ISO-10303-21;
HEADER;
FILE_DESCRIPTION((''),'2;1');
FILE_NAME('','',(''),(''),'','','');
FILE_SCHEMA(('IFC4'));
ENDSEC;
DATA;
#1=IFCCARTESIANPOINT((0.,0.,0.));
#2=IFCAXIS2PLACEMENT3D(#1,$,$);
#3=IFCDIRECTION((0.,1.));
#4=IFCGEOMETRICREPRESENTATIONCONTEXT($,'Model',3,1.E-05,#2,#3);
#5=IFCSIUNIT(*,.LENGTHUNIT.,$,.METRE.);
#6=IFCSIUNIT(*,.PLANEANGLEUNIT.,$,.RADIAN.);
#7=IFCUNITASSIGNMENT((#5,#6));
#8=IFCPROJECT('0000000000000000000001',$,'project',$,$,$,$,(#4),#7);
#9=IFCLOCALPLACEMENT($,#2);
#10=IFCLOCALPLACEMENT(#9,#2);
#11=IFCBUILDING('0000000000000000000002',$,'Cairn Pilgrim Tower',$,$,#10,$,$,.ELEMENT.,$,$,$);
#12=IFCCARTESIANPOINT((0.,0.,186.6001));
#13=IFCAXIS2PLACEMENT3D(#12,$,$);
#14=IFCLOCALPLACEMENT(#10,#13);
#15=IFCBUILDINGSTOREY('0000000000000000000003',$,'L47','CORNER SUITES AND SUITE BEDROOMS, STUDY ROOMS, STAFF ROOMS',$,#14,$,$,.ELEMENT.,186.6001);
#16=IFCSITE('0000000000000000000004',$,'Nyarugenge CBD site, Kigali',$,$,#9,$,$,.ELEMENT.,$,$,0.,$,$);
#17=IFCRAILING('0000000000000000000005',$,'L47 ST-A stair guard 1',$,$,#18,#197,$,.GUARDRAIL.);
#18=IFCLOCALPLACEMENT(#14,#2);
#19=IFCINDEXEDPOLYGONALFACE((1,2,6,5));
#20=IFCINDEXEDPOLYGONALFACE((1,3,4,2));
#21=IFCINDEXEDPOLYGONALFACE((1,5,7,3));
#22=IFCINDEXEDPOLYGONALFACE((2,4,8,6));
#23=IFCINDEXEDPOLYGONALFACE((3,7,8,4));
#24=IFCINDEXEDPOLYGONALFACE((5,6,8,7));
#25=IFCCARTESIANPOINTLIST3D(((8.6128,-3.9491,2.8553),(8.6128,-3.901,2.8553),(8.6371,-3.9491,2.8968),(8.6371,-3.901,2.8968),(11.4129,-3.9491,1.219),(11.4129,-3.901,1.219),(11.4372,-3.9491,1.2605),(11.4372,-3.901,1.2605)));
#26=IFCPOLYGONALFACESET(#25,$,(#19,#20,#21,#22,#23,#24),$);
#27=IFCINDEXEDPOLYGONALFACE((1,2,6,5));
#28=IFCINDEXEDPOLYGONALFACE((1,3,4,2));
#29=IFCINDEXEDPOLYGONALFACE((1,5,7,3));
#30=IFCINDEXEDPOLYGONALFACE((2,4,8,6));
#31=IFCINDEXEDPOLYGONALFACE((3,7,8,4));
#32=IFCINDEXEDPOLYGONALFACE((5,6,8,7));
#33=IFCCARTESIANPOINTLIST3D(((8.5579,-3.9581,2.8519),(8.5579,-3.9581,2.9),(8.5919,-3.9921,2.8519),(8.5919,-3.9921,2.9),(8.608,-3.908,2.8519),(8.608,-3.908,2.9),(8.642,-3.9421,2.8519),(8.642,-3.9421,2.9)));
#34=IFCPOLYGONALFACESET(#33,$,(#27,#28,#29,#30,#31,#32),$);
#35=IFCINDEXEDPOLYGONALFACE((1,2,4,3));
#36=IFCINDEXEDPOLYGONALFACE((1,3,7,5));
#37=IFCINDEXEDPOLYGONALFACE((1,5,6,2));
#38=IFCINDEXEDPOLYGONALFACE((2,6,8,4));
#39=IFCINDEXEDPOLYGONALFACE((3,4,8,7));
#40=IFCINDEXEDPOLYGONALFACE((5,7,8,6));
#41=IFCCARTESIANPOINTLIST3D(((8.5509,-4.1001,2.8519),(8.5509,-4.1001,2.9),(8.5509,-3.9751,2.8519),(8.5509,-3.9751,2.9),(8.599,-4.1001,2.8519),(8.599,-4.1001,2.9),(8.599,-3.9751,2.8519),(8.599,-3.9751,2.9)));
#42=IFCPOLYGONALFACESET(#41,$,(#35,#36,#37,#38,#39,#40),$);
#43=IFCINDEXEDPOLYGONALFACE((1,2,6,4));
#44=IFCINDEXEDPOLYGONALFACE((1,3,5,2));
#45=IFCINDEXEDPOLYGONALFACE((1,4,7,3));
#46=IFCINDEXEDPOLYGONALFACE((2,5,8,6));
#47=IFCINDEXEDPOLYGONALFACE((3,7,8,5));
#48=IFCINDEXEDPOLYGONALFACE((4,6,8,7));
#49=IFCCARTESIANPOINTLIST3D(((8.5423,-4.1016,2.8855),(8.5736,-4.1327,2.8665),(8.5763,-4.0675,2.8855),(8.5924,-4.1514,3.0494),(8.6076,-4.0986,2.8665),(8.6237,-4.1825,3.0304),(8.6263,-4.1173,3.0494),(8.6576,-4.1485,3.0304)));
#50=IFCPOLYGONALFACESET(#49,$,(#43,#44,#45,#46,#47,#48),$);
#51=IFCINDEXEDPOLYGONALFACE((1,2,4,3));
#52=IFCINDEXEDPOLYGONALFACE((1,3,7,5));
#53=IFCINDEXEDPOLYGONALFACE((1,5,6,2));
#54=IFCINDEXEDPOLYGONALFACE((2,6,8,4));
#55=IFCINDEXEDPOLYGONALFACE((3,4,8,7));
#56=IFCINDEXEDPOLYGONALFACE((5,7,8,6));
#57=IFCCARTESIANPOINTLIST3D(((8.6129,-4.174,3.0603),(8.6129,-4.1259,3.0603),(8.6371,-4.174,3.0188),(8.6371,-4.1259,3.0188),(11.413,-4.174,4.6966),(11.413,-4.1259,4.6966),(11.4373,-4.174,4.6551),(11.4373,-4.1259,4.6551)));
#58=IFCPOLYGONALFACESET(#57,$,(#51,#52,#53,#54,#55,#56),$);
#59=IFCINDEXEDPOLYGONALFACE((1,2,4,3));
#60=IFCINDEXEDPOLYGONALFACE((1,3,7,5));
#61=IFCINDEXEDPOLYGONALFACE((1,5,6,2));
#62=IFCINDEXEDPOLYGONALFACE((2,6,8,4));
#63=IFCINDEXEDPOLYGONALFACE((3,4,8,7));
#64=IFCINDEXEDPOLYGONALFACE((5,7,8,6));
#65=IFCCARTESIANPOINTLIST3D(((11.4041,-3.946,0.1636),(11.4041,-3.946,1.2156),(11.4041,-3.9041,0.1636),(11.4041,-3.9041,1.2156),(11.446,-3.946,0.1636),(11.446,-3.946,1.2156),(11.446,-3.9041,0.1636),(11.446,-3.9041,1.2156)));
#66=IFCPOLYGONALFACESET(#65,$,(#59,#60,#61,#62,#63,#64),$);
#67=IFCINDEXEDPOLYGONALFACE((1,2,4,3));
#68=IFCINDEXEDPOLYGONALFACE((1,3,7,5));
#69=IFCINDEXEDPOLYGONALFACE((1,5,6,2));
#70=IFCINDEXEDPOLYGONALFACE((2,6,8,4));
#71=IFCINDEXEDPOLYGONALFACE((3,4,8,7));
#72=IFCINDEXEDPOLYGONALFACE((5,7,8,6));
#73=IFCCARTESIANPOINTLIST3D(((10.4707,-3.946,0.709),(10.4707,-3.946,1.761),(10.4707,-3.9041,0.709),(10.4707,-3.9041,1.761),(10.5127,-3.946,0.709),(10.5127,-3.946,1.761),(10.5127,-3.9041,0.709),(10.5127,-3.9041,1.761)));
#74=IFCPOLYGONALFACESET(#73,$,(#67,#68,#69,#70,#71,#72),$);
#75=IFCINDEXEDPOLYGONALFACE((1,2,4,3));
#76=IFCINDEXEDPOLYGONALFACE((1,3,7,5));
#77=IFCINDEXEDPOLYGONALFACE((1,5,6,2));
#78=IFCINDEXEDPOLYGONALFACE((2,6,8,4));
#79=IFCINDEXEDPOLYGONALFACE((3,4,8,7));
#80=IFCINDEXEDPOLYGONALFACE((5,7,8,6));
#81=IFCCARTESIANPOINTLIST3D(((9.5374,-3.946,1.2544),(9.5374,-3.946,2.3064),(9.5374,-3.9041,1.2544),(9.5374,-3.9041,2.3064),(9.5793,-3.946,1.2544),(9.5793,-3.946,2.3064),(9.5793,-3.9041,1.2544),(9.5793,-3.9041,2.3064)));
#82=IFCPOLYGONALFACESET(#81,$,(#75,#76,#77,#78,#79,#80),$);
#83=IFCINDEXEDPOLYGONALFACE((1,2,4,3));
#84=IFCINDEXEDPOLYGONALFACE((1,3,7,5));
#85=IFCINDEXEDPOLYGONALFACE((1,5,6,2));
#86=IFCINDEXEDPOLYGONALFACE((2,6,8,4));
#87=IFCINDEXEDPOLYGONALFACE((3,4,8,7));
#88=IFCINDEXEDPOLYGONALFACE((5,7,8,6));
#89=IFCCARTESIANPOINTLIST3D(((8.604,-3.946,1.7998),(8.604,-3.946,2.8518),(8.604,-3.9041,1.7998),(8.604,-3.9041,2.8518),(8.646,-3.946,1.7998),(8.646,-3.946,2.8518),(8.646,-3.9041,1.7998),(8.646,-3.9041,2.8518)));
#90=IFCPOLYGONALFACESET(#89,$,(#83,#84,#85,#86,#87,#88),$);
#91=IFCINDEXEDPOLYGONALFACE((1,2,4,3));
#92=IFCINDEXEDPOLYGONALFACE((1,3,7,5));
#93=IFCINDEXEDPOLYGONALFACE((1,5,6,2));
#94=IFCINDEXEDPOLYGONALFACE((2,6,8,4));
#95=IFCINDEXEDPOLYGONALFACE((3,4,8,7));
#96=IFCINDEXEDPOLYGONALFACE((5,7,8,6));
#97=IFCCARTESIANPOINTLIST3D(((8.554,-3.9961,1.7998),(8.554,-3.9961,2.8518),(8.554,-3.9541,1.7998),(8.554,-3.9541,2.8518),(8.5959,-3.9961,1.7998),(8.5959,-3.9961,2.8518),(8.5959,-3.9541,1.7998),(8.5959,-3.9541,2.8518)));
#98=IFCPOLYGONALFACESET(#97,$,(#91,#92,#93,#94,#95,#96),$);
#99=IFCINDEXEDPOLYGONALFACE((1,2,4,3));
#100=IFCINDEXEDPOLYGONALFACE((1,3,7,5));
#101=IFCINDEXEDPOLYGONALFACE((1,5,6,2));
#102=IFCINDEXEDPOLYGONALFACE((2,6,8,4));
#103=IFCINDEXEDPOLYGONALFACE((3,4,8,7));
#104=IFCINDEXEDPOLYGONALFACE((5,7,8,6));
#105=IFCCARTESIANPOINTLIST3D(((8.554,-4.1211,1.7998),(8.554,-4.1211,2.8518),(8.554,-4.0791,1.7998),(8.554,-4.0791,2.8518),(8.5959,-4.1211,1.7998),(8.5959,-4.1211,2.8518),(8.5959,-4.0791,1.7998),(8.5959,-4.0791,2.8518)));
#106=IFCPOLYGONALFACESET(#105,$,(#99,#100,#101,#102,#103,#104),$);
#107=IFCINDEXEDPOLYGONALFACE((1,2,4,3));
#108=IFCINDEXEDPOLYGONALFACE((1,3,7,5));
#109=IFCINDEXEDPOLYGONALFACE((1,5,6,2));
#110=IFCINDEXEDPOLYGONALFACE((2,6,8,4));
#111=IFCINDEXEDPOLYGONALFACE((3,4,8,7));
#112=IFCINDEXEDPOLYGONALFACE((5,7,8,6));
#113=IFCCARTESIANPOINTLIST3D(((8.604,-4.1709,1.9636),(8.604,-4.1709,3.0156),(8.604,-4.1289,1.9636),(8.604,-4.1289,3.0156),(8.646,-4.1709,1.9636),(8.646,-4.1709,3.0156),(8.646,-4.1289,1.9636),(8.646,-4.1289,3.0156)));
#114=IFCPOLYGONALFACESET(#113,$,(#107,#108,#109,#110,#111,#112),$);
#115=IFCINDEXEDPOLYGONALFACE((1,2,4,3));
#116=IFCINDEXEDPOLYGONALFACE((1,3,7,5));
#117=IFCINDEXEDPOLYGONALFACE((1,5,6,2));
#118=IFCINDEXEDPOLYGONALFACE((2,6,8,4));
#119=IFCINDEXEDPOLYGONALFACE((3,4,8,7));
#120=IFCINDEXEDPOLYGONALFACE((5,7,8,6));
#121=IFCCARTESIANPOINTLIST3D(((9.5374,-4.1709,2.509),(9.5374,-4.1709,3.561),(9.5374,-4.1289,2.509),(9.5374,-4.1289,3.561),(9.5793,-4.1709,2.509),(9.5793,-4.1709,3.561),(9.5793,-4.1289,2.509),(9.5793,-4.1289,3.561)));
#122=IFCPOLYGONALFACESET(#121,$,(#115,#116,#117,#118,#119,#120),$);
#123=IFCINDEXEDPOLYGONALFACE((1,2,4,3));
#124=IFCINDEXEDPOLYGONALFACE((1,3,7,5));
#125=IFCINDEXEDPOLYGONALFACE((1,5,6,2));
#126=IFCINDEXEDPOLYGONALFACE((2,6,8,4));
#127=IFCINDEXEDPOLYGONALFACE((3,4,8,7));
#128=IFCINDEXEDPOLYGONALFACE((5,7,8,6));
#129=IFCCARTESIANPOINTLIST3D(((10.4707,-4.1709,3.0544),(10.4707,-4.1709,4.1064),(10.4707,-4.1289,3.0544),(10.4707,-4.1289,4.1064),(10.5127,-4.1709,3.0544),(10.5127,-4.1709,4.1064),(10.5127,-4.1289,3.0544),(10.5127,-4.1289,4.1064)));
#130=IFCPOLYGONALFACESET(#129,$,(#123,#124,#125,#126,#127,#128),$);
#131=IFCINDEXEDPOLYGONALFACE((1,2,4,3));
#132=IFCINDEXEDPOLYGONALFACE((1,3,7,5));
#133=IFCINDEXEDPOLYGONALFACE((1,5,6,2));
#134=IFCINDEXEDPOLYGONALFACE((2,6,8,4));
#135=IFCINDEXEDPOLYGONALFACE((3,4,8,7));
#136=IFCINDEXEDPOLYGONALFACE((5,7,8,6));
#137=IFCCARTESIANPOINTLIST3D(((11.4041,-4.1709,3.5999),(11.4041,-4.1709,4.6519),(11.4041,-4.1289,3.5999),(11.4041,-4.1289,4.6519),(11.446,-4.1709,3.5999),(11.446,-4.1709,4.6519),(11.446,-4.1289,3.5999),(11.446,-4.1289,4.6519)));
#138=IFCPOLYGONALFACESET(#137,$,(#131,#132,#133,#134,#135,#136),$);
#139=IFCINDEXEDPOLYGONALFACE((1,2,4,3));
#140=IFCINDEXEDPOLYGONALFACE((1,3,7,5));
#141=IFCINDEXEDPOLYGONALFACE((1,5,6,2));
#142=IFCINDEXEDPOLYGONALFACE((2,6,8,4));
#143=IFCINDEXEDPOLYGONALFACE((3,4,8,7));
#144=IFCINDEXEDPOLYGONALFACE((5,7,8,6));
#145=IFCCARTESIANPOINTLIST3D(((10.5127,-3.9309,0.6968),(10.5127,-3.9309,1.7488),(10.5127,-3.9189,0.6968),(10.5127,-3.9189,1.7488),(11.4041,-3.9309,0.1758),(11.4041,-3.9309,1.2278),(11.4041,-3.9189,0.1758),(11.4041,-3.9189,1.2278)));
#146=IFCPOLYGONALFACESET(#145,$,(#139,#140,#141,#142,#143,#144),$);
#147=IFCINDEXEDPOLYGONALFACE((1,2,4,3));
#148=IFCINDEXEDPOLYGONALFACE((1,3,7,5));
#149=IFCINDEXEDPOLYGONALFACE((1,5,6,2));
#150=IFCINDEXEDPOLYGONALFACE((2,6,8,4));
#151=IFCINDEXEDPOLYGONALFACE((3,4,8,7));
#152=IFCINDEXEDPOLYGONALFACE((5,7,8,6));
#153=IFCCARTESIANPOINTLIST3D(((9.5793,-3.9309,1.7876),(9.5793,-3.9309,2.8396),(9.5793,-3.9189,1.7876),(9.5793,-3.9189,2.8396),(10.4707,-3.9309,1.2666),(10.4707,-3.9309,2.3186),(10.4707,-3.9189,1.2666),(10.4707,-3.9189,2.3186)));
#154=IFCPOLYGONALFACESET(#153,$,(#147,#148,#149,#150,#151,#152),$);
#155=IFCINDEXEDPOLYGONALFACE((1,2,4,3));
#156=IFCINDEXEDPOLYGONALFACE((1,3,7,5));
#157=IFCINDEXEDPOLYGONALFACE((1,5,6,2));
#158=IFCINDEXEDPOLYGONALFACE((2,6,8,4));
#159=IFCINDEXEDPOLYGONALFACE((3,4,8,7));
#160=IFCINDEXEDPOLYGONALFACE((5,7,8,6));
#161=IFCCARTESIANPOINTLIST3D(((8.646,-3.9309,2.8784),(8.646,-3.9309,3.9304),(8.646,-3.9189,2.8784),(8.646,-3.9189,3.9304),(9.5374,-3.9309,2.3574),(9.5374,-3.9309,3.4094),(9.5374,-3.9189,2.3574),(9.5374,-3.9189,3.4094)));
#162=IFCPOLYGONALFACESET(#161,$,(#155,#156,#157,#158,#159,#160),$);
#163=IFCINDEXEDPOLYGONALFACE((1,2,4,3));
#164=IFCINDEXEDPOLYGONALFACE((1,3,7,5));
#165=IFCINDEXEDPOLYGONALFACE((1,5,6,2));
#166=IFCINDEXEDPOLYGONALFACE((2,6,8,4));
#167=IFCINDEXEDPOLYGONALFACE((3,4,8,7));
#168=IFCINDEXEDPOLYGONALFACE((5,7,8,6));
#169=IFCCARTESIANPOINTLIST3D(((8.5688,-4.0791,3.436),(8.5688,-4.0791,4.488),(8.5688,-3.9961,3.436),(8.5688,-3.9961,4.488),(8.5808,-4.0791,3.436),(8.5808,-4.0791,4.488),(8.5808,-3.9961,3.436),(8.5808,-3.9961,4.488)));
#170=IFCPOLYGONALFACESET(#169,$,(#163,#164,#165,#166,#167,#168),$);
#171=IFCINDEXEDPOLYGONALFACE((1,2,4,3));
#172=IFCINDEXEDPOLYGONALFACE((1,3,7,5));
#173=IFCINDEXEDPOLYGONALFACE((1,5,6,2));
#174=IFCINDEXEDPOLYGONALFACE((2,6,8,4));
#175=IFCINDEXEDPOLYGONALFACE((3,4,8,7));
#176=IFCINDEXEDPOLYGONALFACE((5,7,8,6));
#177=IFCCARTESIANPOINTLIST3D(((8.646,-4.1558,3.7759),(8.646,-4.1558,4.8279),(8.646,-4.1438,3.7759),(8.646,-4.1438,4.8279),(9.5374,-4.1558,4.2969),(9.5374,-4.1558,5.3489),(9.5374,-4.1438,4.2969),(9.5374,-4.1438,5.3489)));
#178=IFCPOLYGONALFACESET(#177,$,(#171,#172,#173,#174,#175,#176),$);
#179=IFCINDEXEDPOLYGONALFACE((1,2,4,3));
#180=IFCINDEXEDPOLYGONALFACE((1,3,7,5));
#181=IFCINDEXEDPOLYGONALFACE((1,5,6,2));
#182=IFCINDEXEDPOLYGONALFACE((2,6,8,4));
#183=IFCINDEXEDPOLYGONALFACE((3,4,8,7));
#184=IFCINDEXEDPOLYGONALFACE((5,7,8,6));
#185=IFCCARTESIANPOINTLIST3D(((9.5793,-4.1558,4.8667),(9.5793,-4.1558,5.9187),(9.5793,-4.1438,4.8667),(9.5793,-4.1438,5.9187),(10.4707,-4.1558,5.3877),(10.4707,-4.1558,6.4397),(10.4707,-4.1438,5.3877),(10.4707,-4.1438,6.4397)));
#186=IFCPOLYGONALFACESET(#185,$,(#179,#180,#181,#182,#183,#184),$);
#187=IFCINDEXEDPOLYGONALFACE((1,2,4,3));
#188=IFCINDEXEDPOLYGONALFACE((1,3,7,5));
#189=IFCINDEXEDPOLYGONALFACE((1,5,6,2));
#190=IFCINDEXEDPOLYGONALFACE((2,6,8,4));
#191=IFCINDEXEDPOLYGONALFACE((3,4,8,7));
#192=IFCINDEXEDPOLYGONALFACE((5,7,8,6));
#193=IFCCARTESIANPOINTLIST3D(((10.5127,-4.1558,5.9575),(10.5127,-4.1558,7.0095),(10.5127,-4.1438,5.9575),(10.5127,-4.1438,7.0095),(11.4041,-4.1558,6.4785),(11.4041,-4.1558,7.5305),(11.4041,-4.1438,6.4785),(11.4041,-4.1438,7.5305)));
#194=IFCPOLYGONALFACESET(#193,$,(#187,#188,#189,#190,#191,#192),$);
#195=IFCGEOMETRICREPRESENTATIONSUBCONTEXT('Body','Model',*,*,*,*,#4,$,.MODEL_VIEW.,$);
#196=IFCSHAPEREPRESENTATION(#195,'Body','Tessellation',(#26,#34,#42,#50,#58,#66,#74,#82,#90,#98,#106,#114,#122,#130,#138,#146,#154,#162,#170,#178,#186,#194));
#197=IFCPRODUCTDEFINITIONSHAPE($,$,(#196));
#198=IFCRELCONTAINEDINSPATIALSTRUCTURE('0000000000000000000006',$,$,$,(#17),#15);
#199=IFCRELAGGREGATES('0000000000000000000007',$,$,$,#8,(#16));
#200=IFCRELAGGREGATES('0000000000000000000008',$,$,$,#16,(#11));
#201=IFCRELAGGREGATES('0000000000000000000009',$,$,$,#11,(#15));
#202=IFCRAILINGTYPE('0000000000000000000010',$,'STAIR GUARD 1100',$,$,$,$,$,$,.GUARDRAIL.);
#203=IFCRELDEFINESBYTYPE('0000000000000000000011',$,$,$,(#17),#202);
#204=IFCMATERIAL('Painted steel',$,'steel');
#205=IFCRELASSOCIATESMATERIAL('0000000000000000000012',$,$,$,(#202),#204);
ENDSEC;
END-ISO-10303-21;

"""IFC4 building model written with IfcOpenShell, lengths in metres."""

from ifc_helpers import new_model, si_unit, direction, frame, origin, origin_2d, place, context, subcontext, project, spatial, polyline, rectangle, outline, extrude, material, type_object, element, save


model = new_model("IFC4")

# Units and contexts
model_context = context("Model", 3, precision=1e-05, world=origin(), true_north=direction((0.0, 1.0)))
body_context = subcontext(model_context, "Body", "Model", "MODEL_VIEW")
ifc_project = project(units=[si_unit("LENGTHUNIT", "METRE"), si_unit("PLANEANGLEUNIT", "RADIAN")], contexts=[model_context])

# Site, building, storey
site_placement = place(None, origin())
site = spatial("IfcSite", under=ifc_project, at=site_placement, Name="Nyarugenge CBD site, Kigali", CompositionType="ELEMENT", RefElevation=0.0)
building_placement = place(site_placement, origin())
building = spatial("IfcBuilding", under=site, at=building_placement, Name="Cairn Pilgrim Tower", CompositionType="ELEMENT")
storey_placement = place(building_placement, frame((0.0, 0.0, 186.6001)))
storey = spatial("IfcBuildingStorey", under=building, at=storey_placement, Name="L47", Description="CORNER SUITES AND SUITE BEDROOMS, STUDY ROOMS, STAFF ROOMS", CompositionType="ELEMENT", Elevation=186.6001)

# Shared definitions
ifc_material_1 = material(Name="Painted steel", Category="steel")

# Railing
railing_type_1 = type_object("IfcRailingType", Name="STAIR GUARD 1100", PredefinedType="GUARDRAIL", material=ifc_material_1)
railing_1_placement = place(storey_placement, frame((11.425, -3.925, 0.1636)))
element("IfcRailing", 1, at=railing_1_placement, inside=storey, type_object=railing_type_1, Name="L47 ST-A stair guard 1", PredefinedType="GUARDRAIL", context=body_context, shape_type="SweptSolid", body=[
    extrude(rectangle(XDim=0.0481, YDim=0.0481, at=origin_2d()), frame((0.0, 0.0, 1.0762), z_axis=(-0.863394, 0.0, 0.504531), x_axis=(0.0, -1.0, 0.0)), (0.0, 0.0, 1.0), 3.2432),
    extrude(rectangle(XDim=0.0481, YDim=0.0481, at=origin_2d()), frame((-2.8, 0.0, 2.7124), z_axis=(-0.707107, -0.707107, 0.0), x_axis=(0.707107, -0.707107, 0.0)), (0.0, 0.0, 1.0), 0.0708),
    extrude(rectangle(XDim=0.0481, YDim=0.0481, at=origin_2d()), frame((-2.8501, -0.05, 2.7124), z_axis=(0.0, -1.0, 0.0), x_axis=(1.0, 0.0, 0.0)), (0.0, 0.0, 1.0), 0.125),
    extrude(rectangle(XDim=0.0481, YDim=0.0481, at=origin_2d()), frame((-2.8501, -0.175, 2.7124), z_axis=(0.280564, -0.279195, 0.918332), x_axis=(0.705376, 0.708834, 0.0)), (0.0, 0.0, 1.0), 0.1785),
    extrude(rectangle(XDim=0.0481, YDim=0.0481, at=origin_2d()), frame((-2.8, -0.2249, 2.876), z_axis=(0.863394, 0.0, 0.504531), x_axis=(0.0, 1.0, 0.0)), (0.0, 0.0, 1.0), 3.2432),
    extrude(rectangle(XDim=0.042, YDim=0.042, at=origin_2d()), origin(), (0.0, 0.0, 1.0), 1.052),
    extrude(rectangle(XDim=0.042, YDim=0.042, at=origin_2d()), frame((-0.9333, 0.0, 0.5454)), (0.0, 0.0, 1.0), 1.052),
    extrude(rectangle(XDim=0.042, YDim=0.042, at=origin_2d()), frame((-1.8667, 0.0, 1.0908)), (0.0, 0.0, 1.0), 1.052),
    extrude(rectangle(XDim=0.042, YDim=0.042, at=origin_2d()), frame((-2.8, 0.0, 1.6362)), (0.0, 0.0, 1.0), 1.052),
    extrude(rectangle(XDim=0.042, YDim=0.042, at=origin_2d()), frame((-2.8501, -0.05, 1.6362)), (0.0, 0.0, 1.0), 1.052),
    extrude(rectangle(XDim=0.042, YDim=0.042, at=origin_2d()), frame((-2.8501, -0.175, 1.6362)), (0.0, 0.0, 1.0), 1.052),
    extrude(rectangle(XDim=0.042, YDim=0.042, at=origin_2d()), frame((-2.8, -0.2249, 1.8)), (0.0, 0.0, 1.0), 1.052),
    extrude(rectangle(XDim=0.042, YDim=0.042, at=origin_2d()), frame((-1.8667, -0.2249, 2.3455)), (0.0, 0.0, 1.0), 1.052),
    extrude(rectangle(XDim=0.042, YDim=0.042, at=origin_2d()), frame((-0.9333, -0.2249, 2.8909)), (0.0, 0.0, 1.0), 1.052),
    extrude(rectangle(XDim=0.042, YDim=0.042, at=origin_2d()), frame((0.0, -0.2249, 3.4363)), (0.0, 0.0, 1.0), 1.052),
    extrude(outline(polyline([(0.021, 0.0122), (0.9124, 0.5332), (0.9124, 1.5852), (0.021, 1.0642), (0.021, 0.0122)])), frame((0.0, -0.0059, 0.0), z_axis=(0.0, 1.0, 0.0), x_axis=(-1.0, 0.0, 0.0)), (0.0, 0.0, 1.0), 0.012),
    extrude(outline(polyline([(0.021, 0.5576), (0.9124, 1.0786), (0.9124, 2.1306), (0.021, 1.6096), (0.021, 0.5576)])), frame((-0.9333, -0.0059, 0.5454), z_axis=(0.0, 1.0, 0.0), x_axis=(-1.0, 0.0, 0.0)), (0.0, 0.0, 1.0), 0.012),
    extrude(outline(polyline([(0.021, 1.103), (0.9124, 1.624), (0.9124, 2.676), (0.021, 2.155), (0.021, 1.103)])), frame((-1.8667, -0.0059, 1.0908), z_axis=(0.0, 1.0, 0.0), x_axis=(-1.0, 0.0, 0.0)), (0.0, 0.0, 1.0), 0.012),
    extrude(outline(polyline([(0.021, 1.6362), (0.104, 1.6362), (0.104, 2.6882), (0.021, 2.6882), (0.021, 1.6362)])), frame((-2.8442, -0.05, 1.6362), z_axis=(-1.0, 0.0, 0.0), x_axis=(0.0, -1.0, 0.0)), (0.0, 0.0, 1.0), 0.012),
    extrude(outline(polyline([(0.021, 1.8123), (0.9124, 2.3333), (0.9124, 3.3853), (0.021, 2.8643), (0.021, 1.8123)])), frame((-2.8, -0.2188, 1.8), z_axis=(0.0, -1.0, 0.0), x_axis=(1.0, 0.0, 0.0)), (0.0, 0.0, 1.0), 0.012),
    extrude(outline(polyline([(0.021, 2.3577), (0.9124, 2.8787), (0.9124, 3.9307), (0.021, 3.4097), (0.021, 2.3577)])), frame((-1.8667, -0.2188, 2.3455), z_axis=(0.0, -1.0, 0.0), x_axis=(1.0, 0.0, 0.0)), (0.0, 0.0, 1.0), 0.012),
    extrude(outline(polyline([(0.021, 2.9031), (0.9124, 3.4241), (0.9124, 4.4761), (0.021, 3.9551), (0.021, 2.9031)])), frame((-0.9333, -0.2188, 2.8909), z_axis=(0.0, -1.0, 0.0), x_axis=(1.0, 0.0, 0.0)), (0.0, 0.0, 1.0), 0.012),
])

save(model, "model.ifc")
